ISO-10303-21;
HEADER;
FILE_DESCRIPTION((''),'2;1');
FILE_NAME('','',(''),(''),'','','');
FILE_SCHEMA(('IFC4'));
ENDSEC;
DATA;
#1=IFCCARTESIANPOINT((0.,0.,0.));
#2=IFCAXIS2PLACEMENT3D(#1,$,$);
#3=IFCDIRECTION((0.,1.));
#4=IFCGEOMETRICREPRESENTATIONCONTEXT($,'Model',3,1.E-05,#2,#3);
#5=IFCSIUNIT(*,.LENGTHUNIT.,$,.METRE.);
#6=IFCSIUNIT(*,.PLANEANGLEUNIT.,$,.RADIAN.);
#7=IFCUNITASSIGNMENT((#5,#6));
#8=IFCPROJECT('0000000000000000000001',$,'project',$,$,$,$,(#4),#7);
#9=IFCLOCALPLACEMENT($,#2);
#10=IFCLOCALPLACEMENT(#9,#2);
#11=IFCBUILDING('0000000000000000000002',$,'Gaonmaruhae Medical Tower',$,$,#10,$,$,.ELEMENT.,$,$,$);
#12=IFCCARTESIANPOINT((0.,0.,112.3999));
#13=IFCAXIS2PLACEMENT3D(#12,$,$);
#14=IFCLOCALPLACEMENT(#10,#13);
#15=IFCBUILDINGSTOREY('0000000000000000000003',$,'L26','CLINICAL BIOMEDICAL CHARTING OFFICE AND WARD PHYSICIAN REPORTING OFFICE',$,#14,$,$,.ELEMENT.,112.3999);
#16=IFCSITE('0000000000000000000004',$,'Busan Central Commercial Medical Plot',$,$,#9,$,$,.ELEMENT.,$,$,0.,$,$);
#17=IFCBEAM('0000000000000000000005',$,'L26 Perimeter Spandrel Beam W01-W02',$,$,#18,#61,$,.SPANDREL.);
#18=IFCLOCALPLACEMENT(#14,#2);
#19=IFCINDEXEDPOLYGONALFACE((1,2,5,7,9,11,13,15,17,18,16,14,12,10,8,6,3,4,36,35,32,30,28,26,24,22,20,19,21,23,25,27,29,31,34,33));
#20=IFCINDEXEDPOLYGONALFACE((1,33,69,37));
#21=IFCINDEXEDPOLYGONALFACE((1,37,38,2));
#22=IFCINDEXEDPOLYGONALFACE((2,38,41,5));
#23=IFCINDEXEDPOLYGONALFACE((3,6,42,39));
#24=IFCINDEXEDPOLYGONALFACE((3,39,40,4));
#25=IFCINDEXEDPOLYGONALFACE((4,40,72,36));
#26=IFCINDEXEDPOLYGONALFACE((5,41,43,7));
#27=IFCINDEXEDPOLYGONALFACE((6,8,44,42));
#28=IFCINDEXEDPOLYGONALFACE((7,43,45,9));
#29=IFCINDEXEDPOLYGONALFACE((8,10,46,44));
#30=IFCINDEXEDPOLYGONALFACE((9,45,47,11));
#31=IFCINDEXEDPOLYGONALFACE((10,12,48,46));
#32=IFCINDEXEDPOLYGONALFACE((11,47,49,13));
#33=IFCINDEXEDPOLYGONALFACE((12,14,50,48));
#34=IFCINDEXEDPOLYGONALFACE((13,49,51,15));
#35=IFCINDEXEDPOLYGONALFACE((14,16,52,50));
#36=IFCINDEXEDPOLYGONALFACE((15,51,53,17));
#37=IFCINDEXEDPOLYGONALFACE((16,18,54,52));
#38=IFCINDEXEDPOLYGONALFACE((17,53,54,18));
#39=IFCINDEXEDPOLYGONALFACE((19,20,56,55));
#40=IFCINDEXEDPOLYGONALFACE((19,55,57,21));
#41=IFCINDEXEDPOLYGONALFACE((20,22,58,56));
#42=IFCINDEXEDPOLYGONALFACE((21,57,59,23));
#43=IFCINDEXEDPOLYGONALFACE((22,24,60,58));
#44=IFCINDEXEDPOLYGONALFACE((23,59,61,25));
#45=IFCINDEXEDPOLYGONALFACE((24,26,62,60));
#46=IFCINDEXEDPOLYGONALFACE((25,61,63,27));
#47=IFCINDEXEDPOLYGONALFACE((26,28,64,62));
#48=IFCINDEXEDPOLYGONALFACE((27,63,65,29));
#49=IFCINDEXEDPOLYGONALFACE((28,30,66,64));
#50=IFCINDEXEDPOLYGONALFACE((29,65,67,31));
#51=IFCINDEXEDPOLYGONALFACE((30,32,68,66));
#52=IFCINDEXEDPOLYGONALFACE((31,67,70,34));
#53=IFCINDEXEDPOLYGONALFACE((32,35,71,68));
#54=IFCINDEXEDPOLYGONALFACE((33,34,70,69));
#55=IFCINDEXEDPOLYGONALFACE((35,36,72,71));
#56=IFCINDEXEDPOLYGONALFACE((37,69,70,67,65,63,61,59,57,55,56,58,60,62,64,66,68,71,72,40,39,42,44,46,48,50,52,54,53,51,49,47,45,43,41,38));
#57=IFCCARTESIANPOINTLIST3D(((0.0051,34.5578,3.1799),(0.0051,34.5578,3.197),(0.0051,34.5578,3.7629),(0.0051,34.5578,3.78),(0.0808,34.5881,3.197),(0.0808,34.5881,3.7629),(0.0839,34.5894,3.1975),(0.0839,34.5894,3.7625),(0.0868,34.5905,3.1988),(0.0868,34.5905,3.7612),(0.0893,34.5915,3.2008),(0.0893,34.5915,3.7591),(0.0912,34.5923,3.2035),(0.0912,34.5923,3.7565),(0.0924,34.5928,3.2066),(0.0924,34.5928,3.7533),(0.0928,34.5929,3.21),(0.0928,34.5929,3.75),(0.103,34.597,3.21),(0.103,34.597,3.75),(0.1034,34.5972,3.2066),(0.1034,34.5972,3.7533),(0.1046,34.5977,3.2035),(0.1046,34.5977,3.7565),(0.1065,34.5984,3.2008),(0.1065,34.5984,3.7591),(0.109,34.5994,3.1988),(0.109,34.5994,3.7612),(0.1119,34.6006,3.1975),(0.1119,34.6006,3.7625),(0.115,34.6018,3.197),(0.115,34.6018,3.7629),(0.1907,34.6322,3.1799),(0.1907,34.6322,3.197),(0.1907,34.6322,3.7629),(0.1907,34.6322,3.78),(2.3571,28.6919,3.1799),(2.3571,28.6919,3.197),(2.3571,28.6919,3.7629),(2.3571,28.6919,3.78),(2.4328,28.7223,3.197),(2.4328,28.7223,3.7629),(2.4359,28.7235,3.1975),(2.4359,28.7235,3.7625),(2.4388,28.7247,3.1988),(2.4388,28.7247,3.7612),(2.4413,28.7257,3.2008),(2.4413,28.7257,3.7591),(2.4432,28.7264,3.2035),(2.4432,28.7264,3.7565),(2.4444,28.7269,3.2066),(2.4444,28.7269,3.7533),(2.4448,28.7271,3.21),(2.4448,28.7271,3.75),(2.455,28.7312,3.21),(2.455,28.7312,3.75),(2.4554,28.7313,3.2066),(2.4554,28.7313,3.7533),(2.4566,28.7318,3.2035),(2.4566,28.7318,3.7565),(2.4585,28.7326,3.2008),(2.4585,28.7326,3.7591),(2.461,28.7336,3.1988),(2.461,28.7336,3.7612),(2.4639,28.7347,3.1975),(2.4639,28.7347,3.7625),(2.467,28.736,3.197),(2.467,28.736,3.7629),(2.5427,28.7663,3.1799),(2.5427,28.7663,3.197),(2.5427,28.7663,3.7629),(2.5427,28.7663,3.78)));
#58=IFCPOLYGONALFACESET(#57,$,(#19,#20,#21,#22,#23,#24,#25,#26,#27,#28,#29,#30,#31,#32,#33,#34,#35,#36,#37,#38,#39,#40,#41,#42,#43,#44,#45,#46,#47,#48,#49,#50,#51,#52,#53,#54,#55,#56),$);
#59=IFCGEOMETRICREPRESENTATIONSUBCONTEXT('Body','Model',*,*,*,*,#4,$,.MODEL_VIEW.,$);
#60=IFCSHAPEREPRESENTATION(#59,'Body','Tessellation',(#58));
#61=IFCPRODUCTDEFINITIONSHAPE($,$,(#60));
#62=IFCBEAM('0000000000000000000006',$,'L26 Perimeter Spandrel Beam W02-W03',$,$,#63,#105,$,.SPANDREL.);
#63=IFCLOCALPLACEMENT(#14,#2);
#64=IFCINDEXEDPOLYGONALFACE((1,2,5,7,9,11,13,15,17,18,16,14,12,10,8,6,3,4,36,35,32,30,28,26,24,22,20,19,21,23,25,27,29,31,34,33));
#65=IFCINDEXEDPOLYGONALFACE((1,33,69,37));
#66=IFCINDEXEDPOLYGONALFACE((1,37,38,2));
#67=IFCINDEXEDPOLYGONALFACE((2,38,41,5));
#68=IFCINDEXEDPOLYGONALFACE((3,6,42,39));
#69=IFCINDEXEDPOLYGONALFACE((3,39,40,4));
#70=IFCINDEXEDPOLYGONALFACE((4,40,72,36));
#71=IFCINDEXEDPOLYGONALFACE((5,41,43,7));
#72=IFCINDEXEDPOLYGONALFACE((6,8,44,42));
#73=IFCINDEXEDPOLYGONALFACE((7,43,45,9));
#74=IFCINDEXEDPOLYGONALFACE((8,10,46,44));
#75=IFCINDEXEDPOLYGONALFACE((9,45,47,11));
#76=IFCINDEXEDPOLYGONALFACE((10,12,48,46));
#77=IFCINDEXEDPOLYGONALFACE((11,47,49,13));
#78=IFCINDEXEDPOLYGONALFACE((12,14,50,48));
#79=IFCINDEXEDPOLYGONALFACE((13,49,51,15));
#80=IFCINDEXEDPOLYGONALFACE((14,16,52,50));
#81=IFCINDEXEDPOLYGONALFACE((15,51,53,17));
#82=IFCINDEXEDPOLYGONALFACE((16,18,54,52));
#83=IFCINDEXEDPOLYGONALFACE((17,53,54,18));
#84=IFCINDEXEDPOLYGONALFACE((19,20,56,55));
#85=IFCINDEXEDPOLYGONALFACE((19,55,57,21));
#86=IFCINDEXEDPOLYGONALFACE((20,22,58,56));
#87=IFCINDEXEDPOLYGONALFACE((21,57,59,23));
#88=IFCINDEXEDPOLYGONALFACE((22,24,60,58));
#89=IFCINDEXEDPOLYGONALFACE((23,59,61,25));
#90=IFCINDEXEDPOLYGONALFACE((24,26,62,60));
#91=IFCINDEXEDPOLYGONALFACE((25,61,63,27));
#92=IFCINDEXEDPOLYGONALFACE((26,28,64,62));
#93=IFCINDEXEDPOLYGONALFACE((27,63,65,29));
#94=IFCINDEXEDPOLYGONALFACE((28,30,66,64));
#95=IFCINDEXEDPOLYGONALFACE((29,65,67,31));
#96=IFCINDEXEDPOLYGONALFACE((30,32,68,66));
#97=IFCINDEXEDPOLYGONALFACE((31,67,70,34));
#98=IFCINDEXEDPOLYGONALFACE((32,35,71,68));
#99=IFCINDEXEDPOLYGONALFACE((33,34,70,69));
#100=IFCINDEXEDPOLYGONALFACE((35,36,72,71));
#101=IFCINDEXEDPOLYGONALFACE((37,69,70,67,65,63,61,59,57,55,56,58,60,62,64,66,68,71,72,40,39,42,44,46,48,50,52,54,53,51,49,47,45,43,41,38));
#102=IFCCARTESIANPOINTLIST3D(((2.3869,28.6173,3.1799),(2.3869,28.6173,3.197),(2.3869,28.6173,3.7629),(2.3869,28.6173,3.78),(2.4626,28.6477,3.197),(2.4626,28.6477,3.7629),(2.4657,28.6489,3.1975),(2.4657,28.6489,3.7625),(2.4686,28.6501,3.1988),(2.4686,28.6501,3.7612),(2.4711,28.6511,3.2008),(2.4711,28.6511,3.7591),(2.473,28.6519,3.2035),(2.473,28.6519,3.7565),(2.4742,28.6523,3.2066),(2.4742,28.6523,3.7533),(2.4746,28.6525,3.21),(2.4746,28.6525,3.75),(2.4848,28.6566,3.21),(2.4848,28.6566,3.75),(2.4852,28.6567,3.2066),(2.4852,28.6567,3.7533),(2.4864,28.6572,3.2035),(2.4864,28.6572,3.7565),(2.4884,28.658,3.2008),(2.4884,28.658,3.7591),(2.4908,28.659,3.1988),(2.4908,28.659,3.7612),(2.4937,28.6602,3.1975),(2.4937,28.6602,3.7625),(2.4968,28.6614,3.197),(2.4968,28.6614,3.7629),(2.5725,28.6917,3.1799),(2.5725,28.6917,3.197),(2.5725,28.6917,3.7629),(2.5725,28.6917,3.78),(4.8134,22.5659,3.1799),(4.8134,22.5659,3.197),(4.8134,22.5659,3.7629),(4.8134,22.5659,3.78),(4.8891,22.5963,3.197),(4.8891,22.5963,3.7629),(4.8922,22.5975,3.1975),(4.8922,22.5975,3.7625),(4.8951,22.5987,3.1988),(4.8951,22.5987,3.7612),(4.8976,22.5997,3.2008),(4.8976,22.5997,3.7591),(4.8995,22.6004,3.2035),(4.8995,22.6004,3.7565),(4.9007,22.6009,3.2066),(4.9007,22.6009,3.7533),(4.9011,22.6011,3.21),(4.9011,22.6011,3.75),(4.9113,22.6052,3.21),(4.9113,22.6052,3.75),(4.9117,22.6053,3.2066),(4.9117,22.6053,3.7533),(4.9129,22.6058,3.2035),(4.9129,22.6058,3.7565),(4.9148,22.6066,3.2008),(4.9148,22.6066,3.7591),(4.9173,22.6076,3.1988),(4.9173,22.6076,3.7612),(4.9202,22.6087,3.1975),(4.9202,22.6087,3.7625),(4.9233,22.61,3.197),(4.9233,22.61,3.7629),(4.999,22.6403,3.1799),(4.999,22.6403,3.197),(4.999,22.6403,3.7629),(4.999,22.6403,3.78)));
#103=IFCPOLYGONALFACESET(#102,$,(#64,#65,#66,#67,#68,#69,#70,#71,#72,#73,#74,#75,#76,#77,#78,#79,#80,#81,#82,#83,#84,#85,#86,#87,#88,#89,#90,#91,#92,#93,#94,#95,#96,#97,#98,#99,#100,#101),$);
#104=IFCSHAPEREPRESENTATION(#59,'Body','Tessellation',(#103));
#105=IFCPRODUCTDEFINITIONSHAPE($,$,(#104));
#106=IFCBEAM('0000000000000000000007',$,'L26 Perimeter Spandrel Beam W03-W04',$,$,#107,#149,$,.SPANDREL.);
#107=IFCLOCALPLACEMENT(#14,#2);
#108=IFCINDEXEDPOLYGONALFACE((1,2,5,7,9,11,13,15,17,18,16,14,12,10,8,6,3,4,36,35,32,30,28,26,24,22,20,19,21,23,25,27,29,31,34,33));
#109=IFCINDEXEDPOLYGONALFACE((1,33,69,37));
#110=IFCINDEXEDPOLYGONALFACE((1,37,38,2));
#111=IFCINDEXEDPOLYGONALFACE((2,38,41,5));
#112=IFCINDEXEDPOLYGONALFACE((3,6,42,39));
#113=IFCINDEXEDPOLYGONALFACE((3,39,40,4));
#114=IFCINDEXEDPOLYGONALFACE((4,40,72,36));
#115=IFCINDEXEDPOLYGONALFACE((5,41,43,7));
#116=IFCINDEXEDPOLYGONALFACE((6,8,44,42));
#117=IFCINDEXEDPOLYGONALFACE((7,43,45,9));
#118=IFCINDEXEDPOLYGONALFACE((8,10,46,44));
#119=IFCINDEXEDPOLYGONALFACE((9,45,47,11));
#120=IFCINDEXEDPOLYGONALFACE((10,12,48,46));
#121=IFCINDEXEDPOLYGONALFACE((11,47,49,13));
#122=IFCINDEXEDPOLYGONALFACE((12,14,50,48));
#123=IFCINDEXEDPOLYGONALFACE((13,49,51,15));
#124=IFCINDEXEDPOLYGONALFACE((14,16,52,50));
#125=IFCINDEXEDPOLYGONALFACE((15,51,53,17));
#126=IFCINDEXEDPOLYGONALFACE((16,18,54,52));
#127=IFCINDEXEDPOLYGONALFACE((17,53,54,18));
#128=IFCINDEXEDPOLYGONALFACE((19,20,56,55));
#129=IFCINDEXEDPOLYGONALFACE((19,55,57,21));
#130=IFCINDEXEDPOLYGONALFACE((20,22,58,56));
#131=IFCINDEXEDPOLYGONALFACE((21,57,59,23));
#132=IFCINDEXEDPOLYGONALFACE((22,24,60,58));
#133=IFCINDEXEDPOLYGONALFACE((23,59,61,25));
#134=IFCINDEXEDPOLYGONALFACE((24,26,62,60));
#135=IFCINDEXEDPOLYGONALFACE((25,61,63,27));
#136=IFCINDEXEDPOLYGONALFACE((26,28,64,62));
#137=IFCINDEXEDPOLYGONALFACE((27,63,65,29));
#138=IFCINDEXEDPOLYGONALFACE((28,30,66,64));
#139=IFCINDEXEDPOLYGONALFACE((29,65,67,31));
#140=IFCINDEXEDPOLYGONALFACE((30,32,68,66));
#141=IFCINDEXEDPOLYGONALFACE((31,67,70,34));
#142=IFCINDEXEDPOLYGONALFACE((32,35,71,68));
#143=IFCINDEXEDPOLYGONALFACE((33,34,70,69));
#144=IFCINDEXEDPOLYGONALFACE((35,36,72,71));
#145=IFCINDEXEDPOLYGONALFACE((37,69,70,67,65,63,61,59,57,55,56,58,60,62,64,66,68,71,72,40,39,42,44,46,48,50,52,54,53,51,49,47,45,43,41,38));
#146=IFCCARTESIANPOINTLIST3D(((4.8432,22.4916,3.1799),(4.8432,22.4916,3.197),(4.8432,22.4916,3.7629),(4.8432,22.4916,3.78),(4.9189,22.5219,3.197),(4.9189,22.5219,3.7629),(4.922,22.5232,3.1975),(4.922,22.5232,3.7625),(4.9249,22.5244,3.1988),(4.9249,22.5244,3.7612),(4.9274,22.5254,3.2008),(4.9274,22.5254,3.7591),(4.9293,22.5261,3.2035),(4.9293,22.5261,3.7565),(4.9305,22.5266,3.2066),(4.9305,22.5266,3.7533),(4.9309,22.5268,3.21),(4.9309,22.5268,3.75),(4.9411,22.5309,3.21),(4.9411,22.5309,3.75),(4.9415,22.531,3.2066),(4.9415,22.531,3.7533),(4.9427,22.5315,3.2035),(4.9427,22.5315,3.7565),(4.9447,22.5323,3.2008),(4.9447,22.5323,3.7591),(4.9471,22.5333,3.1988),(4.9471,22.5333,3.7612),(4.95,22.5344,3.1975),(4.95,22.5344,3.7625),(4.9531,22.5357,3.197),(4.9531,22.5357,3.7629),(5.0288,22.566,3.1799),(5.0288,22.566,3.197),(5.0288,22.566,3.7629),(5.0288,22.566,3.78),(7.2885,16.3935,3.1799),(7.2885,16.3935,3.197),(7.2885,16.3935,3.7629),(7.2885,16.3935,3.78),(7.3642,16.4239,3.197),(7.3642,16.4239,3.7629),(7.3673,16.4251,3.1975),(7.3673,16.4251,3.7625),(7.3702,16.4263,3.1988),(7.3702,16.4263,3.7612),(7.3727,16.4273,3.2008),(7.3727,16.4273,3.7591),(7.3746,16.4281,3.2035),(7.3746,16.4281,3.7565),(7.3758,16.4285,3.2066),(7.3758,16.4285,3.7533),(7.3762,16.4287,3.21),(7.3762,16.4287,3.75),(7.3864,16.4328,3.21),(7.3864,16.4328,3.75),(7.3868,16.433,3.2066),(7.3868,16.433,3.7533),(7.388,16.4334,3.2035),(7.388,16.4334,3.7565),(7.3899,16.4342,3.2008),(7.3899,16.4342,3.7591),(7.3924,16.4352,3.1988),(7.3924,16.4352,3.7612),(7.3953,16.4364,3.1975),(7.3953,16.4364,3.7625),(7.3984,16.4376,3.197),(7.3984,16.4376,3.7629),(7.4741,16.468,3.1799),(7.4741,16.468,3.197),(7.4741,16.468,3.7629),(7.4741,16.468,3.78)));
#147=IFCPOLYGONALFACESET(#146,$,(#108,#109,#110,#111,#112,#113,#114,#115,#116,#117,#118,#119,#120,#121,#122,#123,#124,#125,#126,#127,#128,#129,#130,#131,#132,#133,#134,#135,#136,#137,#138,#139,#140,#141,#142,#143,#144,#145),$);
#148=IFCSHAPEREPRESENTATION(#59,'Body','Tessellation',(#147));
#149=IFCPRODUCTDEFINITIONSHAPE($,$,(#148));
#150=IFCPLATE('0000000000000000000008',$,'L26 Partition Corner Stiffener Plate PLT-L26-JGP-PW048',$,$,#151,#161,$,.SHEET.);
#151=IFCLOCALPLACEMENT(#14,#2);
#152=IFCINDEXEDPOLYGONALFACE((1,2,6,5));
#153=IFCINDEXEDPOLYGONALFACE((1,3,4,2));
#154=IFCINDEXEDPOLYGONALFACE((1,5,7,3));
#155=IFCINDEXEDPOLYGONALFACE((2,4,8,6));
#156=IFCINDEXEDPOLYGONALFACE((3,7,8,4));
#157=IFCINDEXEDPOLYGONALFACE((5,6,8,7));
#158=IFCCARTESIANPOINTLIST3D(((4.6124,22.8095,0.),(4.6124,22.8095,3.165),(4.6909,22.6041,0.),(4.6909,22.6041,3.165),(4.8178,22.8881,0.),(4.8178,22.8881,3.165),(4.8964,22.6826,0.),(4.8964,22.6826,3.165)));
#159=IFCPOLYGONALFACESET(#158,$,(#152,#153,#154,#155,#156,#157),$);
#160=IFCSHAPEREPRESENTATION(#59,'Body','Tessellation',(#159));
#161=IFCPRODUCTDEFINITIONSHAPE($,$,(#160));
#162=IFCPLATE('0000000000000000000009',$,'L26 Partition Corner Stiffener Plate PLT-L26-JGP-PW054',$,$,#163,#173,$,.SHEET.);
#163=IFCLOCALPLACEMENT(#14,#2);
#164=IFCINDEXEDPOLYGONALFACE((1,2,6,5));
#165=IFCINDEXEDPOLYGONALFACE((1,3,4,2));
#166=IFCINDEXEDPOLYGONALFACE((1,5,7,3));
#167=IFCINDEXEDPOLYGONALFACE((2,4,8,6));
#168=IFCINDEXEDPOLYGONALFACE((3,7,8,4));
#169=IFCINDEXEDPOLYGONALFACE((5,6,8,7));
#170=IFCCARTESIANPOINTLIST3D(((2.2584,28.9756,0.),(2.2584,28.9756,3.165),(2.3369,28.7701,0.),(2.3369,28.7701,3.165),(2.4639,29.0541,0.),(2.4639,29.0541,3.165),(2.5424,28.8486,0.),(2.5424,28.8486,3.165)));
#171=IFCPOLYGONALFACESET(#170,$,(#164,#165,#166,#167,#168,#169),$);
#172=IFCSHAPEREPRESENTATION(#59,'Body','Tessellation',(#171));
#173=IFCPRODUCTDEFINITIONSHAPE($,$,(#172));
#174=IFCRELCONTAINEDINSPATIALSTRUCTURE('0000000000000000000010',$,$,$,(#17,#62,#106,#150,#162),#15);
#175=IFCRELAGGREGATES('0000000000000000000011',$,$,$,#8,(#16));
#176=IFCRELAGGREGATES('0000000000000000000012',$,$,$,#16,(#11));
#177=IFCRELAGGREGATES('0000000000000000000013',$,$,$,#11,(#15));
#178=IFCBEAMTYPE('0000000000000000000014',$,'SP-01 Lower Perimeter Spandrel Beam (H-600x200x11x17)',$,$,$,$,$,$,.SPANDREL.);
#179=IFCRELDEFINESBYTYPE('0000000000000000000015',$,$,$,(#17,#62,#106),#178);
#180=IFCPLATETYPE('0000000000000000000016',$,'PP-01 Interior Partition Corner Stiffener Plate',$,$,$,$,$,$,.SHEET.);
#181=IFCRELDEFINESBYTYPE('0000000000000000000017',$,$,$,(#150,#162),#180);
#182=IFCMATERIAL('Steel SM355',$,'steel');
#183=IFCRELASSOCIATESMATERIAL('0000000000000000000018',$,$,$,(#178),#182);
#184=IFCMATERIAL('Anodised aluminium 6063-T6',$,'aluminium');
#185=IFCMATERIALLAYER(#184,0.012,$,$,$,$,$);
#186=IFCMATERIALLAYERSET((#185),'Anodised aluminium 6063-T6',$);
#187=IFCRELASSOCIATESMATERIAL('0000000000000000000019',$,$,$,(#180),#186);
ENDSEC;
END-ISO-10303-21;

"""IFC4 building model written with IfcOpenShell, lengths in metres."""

from ifc_helpers import new_model, si_unit, direction, frame, origin, origin_2d, place, context, subcontext, project, spatial, rectangle, i_section, extrude, material, layer, layer_set, material_profile, profile_set, type_object, element, save


model = new_model("IFC4")

# Units and contexts
model_context = context("Model", 3, precision=1e-05, world=origin(), true_north=direction((0.0, 1.0)))
body_context = subcontext(model_context, "Body", "Model", "MODEL_VIEW")
ifc_project = project(units=[si_unit("LENGTHUNIT", "METRE"), si_unit("PLANEANGLEUNIT", "RADIAN")], contexts=[model_context])

# Site, building, storey
site_placement = place(None, origin())
site = spatial("IfcSite", under=ifc_project, at=site_placement, Name="Busan Central Commercial Medical Plot", CompositionType="ELEMENT", RefElevation=0.0)
building_placement = place(site_placement, origin())
building = spatial("IfcBuilding", under=site, at=building_placement, Name="Gaonmaruhae Medical Tower", CompositionType="ELEMENT")
storey_placement = place(building_placement, frame((0.0, 0.0, 112.3999)))
storey = spatial("IfcBuildingStorey", under=building, at=storey_placement, Name="L26", Description="CLINICAL BIOMEDICAL CHARTING OFFICE AND WARD PHYSICIAN REPORTING OFFICE", CompositionType="ELEMENT", Elevation=112.3999)

# Beams
ifc_material_1 = material(Name="Steel SM355", Category="steel")
ifc_material_profile_1 = material_profile(ifc_material_1, i_section(OverallWidth=0.2, OverallDepth=0.6001, WebThickness=0.011, FlangeThickness=0.0171, FilletRadius=0.0129, at=origin_2d()), Name="H-600x200x11x17")
ifc_profile_set_1 = profile_set([ifc_material_profile_1], Name="Steel SM355")
beam_type_1 = type_object("IfcBeamType", Name="SP-01 Lower Perimeter Spandrel Beam (H-600x200x11x17)", PredefinedType="SPANDREL", material=ifc_profile_set_1)
beam_1_placement = place(storey_placement, frame((0.0979, 34.595, 3.48), z_axis=(0.372163, -0.928167, 0.0), x_axis=(0.928167, 0.372163, 0.0)))
element("IfcBeam", 1, at=beam_1_placement, inside=storey, type_object=beam_type_1, Name="L26 Perimeter Spandrel Beam W01-W02", PredefinedType="SPANDREL", context=body_context, shape_type="SweptSolid", body=[
    extrude(i_section(OverallWidth=0.2, OverallDepth=0.6001, WebThickness=0.011, FlangeThickness=0.0171, FilletRadius=0.0129, at=origin_2d()), origin(), (0.0, 0.0, 1.0), 6.3198),
])
beam_2_placement = place(storey_placement, frame((2.4797, 28.6545, 3.48), z_axis=(0.372172, -0.928164, 0.0), x_axis=(0.928164, 0.372172, 0.0)))
element("IfcBeam", 2, at=beam_2_placement, inside=storey, type_object=beam_type_1, Name="L26 Perimeter Spandrel Beam W02-W03", PredefinedType="SPANDREL", context=body_context, shape_type="SweptSolid", body=[
    extrude(i_section(OverallWidth=0.2, OverallDepth=0.6001, WebThickness=0.011, FlangeThickness=0.0171, FilletRadius=0.0129, at=origin_2d()), origin(), (0.0, 0.0, 1.0), 6.5198),
])
beam_3_placement = place(storey_placement, frame((4.936, 22.5288, 3.48), z_axis=(0.372185, -0.928159, 0.0), x_axis=(0.928159, 0.372185, 0.0)))
element("IfcBeam", 3, at=beam_3_placement, inside=storey, type_object=beam_type_1, Name="L26 Perimeter Spandrel Beam W03-W04", PredefinedType="SPANDREL", context=body_context, shape_type="SweptSolid", body=[
    extrude(i_section(OverallWidth=0.2, OverallDepth=0.6001, WebThickness=0.011, FlangeThickness=0.0171, FilletRadius=0.0129, at=origin_2d()), origin(), (0.0, 0.0, 1.0), 6.5701),
])

# Plates
ifc_material_2 = material(Name="Anodised aluminium 6063-T6", Category="aluminium")
ifc_layer_1 = layer(ifc_material_2, 0.012)
ifc_layer_set_1 = layer_set([ifc_layer_1], Name="Anodised aluminium 6063-T6")
plate_type = type_object("IfcPlateType", Name="PP-01 Interior Partition Corner Stiffener Plate", PredefinedType="SHEET", material=ifc_layer_set_1)
for number, where, z_axis, x_axis, name in (
    (4, (4.7544, 22.7461, 0.0), (0.0, 0.0, 1.0), (-0.357146, 0.934049, 0.0), "L26 Partition Corner Stiffener Plate PLT-L26-JGP-PW048"),
    (5, (2.4004, 28.9121, 0.0), (0.0, 0.0, 1.0), (-0.35682, 0.934173, 0.0), "L26 Partition Corner Stiffener Plate PLT-L26-JGP-PW054"),
):
    element("IfcPlate", number, at=place(storey_placement, frame(where, z_axis=z_axis, x_axis=x_axis)), inside=storey, type_object=plate_type, Name=name, PredefinedType="SHEET", context=body_context, shape_type="SweptSolid", body=[
        extrude(rectangle(XDim=0.22, YDim=0.22, at=origin_2d()), origin(), (0.0, 0.0, 1.0), 3.165),
    ])

save(model, "model.ifc")
